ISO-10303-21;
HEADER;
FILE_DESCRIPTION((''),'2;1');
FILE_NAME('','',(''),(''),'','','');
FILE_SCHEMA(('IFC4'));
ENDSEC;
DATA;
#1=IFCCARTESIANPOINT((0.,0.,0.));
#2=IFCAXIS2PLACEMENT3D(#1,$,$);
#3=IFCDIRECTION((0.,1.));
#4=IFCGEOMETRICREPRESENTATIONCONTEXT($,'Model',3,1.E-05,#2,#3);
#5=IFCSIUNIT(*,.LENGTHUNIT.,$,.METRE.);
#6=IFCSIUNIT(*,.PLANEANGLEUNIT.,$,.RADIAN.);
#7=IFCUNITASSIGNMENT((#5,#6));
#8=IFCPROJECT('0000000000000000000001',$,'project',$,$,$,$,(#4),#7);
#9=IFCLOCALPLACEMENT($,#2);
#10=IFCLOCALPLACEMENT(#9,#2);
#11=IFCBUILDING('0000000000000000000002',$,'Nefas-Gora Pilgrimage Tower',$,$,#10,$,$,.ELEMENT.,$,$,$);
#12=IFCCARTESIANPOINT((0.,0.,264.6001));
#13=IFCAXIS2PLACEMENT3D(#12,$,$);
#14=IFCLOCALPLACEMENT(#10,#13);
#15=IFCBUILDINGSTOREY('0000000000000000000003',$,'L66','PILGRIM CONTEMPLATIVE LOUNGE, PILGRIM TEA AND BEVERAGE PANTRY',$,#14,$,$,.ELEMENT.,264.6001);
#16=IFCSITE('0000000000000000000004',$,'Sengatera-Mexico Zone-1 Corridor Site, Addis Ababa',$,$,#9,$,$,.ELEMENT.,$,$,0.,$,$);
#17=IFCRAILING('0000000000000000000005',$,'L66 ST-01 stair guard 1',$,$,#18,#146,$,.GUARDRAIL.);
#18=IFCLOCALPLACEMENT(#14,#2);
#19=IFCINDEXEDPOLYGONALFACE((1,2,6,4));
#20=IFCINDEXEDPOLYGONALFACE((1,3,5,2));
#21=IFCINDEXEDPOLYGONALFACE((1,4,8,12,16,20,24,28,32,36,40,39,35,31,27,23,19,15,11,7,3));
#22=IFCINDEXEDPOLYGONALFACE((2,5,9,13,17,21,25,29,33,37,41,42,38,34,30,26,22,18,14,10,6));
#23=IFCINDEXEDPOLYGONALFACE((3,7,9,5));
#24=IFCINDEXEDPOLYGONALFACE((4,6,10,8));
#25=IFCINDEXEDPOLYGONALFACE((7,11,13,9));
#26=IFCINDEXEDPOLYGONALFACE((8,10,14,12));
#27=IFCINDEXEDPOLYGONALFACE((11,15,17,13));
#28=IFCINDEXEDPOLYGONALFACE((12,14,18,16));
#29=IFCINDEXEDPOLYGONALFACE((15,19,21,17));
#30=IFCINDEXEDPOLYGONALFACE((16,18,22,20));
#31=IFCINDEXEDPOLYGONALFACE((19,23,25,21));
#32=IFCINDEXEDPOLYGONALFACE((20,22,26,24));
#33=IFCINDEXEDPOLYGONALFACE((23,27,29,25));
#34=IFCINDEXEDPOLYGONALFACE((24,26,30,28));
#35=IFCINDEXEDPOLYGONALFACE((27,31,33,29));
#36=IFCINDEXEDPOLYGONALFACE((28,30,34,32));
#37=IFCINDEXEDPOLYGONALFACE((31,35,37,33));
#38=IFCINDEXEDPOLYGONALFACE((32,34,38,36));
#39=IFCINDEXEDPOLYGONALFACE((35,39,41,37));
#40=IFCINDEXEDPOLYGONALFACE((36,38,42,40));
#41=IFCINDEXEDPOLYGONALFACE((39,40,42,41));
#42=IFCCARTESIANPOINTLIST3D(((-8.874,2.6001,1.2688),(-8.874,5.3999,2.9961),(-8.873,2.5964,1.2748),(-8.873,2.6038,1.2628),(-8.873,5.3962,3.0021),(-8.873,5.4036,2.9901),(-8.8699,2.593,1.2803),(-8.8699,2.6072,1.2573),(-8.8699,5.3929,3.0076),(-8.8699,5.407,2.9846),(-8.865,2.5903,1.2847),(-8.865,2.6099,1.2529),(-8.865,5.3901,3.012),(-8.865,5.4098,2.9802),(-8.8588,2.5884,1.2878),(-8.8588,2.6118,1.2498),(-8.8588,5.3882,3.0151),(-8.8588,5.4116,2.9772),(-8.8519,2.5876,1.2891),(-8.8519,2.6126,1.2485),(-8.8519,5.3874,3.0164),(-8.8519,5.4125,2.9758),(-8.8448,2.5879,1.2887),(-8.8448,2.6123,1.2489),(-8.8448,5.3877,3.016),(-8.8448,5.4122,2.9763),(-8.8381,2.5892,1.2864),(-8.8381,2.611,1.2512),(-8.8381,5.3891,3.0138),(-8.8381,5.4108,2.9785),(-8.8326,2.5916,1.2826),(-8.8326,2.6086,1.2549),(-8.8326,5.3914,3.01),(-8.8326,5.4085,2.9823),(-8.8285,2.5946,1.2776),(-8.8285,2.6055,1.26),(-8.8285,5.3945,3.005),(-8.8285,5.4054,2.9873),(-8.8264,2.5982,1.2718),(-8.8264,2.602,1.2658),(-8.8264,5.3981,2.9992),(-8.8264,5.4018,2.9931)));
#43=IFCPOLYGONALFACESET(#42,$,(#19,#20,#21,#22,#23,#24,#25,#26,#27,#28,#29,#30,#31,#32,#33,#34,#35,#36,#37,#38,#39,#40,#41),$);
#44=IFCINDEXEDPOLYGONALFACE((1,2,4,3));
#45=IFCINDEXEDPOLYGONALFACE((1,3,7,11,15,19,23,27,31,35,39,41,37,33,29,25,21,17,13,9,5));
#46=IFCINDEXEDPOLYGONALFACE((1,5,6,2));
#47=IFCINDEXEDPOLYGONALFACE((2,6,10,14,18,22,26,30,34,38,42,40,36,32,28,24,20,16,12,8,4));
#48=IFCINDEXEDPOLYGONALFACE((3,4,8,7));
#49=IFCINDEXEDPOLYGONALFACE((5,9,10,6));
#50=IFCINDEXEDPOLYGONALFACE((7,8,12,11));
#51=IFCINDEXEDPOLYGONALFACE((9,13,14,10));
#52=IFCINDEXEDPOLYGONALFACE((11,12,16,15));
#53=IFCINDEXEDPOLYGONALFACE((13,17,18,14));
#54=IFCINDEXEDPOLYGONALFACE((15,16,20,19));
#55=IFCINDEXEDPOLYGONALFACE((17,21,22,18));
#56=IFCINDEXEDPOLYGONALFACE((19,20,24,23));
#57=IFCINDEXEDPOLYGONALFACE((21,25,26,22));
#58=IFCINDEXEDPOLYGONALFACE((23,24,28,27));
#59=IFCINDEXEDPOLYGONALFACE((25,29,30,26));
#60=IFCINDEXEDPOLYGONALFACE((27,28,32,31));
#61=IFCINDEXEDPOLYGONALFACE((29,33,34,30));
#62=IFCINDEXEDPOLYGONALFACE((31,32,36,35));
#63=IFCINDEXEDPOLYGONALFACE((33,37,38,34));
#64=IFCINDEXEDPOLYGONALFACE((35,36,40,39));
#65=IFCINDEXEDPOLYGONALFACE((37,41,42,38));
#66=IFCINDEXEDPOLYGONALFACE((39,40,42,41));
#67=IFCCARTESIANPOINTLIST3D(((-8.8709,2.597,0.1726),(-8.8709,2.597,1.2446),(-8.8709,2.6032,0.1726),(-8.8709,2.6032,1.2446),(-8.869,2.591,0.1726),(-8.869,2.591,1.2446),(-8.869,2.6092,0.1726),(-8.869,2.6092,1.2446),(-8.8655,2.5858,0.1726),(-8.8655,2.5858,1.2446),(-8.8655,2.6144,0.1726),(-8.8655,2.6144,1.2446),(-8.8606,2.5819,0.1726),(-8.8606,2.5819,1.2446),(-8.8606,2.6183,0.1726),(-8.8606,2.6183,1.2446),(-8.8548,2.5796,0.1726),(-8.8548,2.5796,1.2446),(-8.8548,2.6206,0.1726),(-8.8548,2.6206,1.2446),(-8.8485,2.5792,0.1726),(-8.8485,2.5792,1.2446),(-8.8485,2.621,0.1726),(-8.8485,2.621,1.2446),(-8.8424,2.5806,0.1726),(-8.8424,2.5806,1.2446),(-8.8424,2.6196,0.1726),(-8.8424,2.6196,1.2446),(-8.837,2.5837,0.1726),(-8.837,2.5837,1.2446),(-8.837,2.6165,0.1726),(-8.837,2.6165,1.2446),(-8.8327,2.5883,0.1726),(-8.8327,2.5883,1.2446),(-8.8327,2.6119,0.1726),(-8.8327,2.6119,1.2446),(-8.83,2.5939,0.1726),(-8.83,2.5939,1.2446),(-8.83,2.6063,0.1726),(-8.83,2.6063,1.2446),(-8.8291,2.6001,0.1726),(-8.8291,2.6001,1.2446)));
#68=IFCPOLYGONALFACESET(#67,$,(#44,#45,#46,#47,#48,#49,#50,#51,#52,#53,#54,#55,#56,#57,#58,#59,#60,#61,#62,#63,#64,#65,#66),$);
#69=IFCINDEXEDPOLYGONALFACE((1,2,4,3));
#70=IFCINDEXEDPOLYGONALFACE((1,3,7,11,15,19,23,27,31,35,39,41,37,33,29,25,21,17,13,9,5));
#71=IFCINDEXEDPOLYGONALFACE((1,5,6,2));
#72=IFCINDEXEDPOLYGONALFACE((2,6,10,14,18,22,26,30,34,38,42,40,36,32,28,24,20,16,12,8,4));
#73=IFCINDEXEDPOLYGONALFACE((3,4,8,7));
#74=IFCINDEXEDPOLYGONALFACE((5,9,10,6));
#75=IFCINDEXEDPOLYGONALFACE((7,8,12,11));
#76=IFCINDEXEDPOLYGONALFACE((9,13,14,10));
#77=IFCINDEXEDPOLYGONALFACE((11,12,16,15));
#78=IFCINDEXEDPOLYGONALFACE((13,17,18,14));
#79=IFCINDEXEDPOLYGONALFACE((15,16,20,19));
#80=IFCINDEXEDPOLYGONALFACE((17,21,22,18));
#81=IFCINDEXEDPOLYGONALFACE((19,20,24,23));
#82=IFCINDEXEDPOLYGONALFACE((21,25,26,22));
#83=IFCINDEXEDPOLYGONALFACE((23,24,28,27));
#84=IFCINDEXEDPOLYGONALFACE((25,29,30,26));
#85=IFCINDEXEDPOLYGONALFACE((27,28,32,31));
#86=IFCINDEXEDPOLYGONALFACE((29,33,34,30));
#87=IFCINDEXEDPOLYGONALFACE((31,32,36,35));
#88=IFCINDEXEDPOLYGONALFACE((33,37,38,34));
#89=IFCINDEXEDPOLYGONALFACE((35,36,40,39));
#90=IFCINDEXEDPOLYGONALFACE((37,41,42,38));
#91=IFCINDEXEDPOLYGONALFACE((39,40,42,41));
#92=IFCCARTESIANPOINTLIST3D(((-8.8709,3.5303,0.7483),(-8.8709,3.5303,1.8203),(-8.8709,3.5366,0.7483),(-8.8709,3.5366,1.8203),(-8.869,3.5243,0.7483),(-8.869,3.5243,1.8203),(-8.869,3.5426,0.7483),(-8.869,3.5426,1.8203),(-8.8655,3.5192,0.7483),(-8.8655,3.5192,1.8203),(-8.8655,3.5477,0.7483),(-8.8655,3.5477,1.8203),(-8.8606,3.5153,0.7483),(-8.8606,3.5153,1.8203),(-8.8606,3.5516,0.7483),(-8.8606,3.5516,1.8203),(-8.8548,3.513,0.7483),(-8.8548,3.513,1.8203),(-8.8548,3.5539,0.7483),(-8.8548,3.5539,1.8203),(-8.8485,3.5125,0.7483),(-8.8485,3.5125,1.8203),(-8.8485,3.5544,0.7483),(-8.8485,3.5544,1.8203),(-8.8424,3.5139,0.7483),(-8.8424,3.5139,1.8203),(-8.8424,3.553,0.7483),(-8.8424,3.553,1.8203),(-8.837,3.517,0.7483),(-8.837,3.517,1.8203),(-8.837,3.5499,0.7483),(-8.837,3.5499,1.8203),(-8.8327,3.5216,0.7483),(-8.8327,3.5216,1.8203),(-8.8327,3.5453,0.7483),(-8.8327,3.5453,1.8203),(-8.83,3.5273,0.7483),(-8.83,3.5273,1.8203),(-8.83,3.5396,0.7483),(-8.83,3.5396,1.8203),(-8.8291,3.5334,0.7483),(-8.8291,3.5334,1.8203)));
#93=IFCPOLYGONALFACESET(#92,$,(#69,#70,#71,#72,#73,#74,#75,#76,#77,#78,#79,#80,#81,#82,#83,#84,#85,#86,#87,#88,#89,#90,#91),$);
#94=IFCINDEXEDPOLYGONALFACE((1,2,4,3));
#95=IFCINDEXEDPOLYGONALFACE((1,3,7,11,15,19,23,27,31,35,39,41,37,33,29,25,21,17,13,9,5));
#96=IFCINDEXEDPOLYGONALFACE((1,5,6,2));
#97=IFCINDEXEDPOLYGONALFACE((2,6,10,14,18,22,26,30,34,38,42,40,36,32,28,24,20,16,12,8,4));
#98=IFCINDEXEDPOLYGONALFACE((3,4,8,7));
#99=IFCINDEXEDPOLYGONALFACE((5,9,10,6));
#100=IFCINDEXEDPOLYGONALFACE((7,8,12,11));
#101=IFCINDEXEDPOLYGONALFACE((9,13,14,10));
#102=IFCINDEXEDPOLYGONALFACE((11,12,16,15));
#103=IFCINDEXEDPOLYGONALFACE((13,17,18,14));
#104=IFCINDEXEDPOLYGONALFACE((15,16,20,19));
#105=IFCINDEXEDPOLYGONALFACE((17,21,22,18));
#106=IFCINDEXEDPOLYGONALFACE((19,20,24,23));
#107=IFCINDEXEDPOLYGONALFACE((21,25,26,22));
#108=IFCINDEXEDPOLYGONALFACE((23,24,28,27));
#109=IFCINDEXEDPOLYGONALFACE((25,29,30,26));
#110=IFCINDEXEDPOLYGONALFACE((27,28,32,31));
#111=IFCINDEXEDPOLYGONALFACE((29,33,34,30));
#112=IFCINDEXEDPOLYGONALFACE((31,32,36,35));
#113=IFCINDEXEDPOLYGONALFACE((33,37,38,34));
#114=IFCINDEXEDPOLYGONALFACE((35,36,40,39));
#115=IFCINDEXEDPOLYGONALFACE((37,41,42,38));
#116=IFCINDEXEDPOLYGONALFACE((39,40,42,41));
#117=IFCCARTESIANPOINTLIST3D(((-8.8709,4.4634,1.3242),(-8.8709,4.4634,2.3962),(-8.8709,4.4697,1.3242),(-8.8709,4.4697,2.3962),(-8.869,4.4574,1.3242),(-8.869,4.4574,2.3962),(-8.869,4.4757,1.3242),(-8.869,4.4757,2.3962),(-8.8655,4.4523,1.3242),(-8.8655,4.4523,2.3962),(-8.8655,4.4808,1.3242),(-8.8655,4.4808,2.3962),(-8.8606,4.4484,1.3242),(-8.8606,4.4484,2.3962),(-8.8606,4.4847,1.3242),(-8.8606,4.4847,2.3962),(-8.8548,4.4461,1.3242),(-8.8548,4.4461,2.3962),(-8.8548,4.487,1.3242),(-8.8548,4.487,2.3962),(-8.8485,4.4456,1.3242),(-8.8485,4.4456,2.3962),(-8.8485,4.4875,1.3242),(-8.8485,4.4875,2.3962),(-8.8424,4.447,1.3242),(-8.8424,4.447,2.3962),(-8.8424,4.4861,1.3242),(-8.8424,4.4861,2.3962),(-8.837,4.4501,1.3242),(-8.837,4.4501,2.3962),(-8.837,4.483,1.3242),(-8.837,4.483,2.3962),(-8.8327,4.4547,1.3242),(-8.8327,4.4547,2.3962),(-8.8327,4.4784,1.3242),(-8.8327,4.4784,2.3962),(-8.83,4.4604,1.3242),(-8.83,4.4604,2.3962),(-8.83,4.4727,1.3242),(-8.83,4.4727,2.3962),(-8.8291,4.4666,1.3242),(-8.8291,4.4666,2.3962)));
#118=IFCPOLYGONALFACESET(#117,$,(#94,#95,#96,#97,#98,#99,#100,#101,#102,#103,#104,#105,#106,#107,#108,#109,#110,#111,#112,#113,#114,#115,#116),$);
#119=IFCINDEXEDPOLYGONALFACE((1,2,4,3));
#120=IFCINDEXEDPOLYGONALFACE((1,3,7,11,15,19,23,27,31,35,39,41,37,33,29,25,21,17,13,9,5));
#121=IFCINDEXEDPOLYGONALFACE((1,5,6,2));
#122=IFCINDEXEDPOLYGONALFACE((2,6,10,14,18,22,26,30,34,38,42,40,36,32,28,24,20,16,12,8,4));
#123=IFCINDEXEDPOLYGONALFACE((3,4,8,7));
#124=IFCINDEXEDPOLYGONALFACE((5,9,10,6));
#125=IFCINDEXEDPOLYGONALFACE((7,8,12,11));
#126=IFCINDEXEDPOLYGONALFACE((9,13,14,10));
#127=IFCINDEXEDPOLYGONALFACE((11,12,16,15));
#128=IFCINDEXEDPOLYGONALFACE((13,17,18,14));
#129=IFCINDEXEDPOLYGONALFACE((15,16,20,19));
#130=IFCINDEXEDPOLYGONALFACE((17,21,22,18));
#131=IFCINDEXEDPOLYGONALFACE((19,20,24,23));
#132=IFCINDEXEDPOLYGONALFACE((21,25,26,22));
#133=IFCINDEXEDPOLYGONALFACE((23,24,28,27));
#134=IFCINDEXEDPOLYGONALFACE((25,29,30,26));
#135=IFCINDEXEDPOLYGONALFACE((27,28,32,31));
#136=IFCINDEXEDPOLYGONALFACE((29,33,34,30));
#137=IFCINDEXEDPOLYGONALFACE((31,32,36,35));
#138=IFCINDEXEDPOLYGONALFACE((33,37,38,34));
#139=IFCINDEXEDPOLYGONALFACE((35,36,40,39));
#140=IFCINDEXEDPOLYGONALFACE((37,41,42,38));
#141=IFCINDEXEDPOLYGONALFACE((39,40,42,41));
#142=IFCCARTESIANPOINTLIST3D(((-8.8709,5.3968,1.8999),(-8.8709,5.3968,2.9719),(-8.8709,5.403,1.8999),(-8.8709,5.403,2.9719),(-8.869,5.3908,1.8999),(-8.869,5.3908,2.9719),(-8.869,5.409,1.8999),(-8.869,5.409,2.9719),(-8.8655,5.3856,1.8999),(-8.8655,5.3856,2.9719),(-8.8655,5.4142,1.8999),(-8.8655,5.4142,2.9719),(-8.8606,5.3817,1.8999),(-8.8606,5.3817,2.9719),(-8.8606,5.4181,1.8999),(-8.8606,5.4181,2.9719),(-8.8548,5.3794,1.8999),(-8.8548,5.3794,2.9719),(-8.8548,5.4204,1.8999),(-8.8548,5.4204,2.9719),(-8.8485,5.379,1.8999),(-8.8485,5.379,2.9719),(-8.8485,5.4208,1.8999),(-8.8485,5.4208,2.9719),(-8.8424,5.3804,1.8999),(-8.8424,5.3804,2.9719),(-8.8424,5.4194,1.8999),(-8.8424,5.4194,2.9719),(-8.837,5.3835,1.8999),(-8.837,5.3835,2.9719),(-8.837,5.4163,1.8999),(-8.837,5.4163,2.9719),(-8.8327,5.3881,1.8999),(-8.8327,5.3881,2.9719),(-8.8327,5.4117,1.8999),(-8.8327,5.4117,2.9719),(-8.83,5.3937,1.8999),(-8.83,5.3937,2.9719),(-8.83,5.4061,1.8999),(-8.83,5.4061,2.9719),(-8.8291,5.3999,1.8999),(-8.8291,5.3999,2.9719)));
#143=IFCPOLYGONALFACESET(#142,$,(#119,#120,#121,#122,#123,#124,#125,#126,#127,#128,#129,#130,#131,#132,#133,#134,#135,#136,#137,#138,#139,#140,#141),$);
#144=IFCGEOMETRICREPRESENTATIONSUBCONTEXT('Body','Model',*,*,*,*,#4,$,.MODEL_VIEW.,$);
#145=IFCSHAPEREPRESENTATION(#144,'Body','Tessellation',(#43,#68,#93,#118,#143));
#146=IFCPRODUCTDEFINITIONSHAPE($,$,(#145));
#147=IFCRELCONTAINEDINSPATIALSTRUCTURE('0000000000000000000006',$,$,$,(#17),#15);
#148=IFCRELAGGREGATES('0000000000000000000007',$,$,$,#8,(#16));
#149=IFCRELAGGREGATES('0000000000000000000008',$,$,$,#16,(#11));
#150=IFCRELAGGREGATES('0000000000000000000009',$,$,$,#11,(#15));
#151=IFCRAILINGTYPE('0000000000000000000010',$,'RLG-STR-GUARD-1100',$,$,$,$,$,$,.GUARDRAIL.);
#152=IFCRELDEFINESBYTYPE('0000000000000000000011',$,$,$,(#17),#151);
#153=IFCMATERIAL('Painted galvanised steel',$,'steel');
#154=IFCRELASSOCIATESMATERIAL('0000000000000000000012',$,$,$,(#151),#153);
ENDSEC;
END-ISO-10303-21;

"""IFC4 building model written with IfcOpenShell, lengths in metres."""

from ifc_helpers import new_model, si_unit, direction, frame, origin, origin_2d, place, context, subcontext, project, spatial, circle, extrude, material, type_object, element, save


model = new_model("IFC4")

# Units and contexts
model_context = context("Model", 3, precision=1e-05, world=origin(), true_north=direction((0.0, 1.0)))
body_context = subcontext(model_context, "Body", "Model", "MODEL_VIEW")
ifc_project = project(units=[si_unit("LENGTHUNIT", "METRE"), si_unit("PLANEANGLEUNIT", "RADIAN")], contexts=[model_context])

# Site, building, storey
site_placement = place(None, origin())
site = spatial("IfcSite", under=ifc_project, at=site_placement, Name="Sengatera-Mexico Zone-1 Corridor Site, Addis Ababa", CompositionType="ELEMENT", RefElevation=0.0)
building_placement = place(site_placement, origin())
building = spatial("IfcBuilding", under=site, at=building_placement, Name="Nefas-Gora Pilgrimage Tower", CompositionType="ELEMENT")
storey_placement = place(building_placement, frame((0.0, 0.0, 264.6001)))
storey = spatial("IfcBuildingStorey", under=building, at=storey_placement, Name="L66", Description="PILGRIM CONTEMPLATIVE LOUNGE, PILGRIM TEA AND BEVERAGE PANTRY", CompositionType="ELEMENT", Elevation=264.6001)

# Railing
ifc_material_1 = material(Name="Painted galvanised steel", Category="steel")
railing_type_1 = type_object("IfcRailingType", Name="RLG-STR-GUARD-1100", PredefinedType="GUARDRAIL", material=ifc_material_1)
railing_1_placement = place(storey_placement, frame((-8.8501, 2.6001, 0.1726)))
element("IfcRailing", 1, at=railing_1_placement, inside=storey, type_object=railing_type_1, Name="L66 ST-01 stair guard 1", PredefinedType="GUARDRAIL", context=body_context, shape_type="SweptSolid", body=[
    extrude(circle(Radius=0.0239, at=origin_2d()), frame((0.0, 0.0, 1.0962), z_axis=(0.0, 0.851069, 0.525054), x_axis=(-1.0, 0.0, 0.0)), (0.0, 0.0, 1.0), 3.2898),
    extrude(circle(Radius=0.021, at=origin_2d()), origin(), (0.0, 0.0, 1.0), 1.072),
    extrude(circle(Radius=0.021, at=origin_2d()), frame((0.0, 0.9333, 0.5757)), (0.0, 0.0, 1.0), 1.072),
    extrude(circle(Radius=0.021, at=origin_2d()), frame((0.0, 1.8665, 1.1516)), (0.0, 0.0, 1.0), 1.072),
    extrude(circle(Radius=0.021, at=origin_2d()), frame((0.0, 2.7998, 1.7273)), (0.0, 0.0, 1.0), 1.072),
])

save(model, "model.ifc")
